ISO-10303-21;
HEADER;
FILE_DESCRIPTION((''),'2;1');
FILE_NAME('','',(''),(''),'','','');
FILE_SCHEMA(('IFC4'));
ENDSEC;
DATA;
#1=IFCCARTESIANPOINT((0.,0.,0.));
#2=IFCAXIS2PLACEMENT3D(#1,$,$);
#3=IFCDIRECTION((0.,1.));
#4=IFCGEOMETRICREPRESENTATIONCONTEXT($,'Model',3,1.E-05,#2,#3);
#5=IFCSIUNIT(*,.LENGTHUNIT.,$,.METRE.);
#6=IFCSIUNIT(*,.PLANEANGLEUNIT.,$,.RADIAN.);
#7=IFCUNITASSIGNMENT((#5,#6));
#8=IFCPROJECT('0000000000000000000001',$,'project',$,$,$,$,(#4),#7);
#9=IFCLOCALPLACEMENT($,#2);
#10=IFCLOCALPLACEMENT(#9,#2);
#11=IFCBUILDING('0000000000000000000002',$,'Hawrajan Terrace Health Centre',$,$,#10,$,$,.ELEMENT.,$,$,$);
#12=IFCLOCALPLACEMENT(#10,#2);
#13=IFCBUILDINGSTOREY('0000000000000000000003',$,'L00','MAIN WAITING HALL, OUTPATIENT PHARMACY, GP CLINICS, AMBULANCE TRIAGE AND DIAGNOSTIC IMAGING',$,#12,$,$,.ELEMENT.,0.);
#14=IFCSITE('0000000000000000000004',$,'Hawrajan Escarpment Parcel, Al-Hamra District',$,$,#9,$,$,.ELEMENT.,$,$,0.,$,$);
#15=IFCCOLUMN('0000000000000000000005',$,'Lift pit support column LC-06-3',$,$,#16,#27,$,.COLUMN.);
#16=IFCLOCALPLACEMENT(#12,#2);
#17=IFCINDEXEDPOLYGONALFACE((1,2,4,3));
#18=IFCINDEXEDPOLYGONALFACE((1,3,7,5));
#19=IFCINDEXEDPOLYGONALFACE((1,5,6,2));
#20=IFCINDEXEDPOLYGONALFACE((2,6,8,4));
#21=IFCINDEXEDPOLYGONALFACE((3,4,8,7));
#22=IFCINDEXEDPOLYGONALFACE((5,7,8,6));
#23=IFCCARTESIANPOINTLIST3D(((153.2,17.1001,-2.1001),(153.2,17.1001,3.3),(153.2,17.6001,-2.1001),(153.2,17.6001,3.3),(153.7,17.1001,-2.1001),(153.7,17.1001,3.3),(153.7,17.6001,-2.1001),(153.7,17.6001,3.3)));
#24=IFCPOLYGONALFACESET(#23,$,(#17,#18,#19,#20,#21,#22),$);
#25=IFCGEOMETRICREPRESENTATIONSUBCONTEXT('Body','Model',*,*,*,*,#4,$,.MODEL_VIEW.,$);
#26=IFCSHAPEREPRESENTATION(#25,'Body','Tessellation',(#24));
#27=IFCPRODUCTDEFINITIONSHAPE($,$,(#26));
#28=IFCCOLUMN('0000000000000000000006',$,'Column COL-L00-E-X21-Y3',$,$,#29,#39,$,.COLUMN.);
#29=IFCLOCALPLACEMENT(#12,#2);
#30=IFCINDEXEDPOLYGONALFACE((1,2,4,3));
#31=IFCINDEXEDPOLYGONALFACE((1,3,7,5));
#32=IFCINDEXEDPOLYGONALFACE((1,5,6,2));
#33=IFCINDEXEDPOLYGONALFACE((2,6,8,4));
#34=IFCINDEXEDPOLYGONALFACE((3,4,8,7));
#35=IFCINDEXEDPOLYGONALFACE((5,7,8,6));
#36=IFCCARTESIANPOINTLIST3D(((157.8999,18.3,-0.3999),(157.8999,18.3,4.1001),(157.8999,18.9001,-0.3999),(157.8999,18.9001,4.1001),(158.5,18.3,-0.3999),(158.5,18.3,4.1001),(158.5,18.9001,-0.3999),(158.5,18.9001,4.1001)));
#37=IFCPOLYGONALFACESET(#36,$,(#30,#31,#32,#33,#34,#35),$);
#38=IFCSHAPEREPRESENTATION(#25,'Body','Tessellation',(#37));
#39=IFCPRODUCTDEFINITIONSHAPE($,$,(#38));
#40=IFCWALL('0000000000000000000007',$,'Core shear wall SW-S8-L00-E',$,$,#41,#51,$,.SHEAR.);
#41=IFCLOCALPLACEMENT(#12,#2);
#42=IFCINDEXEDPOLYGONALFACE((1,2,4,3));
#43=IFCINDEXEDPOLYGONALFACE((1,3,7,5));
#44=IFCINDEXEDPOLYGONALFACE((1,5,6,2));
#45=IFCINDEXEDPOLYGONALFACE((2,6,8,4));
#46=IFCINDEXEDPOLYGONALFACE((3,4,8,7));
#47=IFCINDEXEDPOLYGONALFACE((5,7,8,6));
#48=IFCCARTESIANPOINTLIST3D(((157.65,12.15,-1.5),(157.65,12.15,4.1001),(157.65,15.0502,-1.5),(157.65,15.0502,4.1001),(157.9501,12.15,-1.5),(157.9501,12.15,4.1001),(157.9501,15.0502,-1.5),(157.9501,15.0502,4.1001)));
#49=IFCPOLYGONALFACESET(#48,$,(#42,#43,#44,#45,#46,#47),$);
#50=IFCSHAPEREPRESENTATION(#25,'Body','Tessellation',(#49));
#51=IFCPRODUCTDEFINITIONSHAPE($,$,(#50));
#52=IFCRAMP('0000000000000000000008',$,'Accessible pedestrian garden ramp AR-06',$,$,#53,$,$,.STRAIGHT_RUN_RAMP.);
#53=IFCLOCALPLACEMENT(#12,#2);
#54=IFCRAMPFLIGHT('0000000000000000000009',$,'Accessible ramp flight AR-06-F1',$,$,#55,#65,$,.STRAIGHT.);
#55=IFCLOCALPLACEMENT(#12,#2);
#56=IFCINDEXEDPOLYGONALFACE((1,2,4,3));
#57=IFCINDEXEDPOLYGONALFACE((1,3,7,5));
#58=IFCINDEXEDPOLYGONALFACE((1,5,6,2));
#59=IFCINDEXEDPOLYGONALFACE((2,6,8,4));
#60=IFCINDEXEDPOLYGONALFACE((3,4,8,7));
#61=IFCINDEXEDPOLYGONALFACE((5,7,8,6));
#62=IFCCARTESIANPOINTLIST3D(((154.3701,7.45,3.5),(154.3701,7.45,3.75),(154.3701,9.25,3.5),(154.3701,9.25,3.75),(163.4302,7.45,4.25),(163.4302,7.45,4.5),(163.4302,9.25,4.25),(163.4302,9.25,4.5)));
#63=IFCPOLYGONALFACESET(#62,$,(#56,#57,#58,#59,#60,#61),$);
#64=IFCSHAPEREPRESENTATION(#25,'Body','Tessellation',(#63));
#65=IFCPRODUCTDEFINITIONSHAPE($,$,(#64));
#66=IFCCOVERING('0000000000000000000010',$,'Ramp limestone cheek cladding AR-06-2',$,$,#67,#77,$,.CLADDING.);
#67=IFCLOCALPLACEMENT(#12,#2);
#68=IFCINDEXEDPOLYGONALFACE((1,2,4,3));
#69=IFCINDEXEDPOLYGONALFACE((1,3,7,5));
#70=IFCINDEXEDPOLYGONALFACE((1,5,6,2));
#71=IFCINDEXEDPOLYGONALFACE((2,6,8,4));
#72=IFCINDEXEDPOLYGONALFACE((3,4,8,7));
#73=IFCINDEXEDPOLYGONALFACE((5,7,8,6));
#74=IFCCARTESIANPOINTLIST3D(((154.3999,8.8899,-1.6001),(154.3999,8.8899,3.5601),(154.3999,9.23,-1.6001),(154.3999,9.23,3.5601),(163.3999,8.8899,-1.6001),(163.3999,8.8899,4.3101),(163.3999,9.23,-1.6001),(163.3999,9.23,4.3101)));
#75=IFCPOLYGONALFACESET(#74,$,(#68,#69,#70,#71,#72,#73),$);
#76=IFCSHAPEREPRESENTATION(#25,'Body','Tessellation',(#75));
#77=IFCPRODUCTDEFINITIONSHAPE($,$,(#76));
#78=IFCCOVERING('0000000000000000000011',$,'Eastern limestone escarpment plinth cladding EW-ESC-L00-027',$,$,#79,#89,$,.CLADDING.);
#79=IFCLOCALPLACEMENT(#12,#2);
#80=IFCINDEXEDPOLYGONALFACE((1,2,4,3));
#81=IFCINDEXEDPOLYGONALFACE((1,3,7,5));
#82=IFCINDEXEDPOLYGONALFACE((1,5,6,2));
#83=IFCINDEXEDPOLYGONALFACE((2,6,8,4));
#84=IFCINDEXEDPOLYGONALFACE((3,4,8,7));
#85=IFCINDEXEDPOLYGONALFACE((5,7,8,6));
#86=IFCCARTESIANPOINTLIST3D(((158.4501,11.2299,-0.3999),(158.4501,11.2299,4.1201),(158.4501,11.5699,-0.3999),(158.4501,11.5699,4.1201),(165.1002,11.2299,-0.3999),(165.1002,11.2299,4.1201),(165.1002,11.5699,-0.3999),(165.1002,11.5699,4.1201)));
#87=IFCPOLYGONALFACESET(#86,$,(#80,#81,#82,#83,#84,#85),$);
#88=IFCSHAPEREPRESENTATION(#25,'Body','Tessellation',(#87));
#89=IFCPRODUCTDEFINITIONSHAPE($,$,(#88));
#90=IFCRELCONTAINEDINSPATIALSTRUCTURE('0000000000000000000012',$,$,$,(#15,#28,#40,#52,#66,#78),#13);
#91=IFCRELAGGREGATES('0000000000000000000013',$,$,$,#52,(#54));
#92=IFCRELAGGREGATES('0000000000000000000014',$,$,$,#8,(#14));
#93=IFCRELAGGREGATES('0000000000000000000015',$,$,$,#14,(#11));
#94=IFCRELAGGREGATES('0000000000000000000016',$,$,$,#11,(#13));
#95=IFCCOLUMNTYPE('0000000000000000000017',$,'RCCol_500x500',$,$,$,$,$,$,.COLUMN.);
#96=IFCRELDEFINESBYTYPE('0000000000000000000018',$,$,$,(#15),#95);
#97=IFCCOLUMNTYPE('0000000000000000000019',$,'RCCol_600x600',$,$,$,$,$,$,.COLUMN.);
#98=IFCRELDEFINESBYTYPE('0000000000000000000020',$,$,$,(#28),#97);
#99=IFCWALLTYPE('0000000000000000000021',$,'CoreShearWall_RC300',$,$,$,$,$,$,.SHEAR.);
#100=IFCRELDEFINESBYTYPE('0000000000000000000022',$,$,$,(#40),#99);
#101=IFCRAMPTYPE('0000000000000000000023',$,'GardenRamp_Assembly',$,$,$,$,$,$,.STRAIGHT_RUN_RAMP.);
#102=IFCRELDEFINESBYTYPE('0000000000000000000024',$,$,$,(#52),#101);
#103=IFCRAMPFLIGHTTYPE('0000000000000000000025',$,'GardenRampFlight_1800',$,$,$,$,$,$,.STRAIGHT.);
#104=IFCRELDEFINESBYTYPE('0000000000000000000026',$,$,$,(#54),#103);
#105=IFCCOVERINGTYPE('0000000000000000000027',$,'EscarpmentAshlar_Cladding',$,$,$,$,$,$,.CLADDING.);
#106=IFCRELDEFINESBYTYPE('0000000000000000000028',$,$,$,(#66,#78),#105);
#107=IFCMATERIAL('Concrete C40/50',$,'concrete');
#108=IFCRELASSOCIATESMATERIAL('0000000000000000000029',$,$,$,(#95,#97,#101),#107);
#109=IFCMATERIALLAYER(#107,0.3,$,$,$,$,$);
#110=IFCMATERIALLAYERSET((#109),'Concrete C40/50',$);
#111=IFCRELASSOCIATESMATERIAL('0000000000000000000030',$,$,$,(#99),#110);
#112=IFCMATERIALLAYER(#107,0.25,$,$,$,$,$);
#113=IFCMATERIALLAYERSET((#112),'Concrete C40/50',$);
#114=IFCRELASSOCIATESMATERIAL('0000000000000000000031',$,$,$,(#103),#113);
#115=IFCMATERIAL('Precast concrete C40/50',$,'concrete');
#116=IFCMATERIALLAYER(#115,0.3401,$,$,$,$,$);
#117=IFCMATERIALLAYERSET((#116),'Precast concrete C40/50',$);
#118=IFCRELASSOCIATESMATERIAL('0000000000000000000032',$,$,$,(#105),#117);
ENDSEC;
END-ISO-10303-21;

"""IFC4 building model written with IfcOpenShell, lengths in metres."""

from ifc_helpers import new_model, si_unit, direction, frame, frame_2d, origin, origin_2d, place, context, subcontext, project, spatial, polyline, rectangle, outline, extrude, material, layer, layer_set, material_profile, profile_set, type_object, element, aggregate, save


model = new_model("IFC4")

# Units and contexts
model_context = context("Model", 3, precision=1e-05, world=origin(), true_north=direction((0.0, 1.0)))
body_context = subcontext(model_context, "Body", "Model", "MODEL_VIEW")
ifc_project = project(units=[si_unit("LENGTHUNIT", "METRE"), si_unit("PLANEANGLEUNIT", "RADIAN")], contexts=[model_context])

# Site, building, storey
site_placement = place(None, origin())
site = spatial("IfcSite", under=ifc_project, at=site_placement, Name="Hawrajan Escarpment Parcel, Al-Hamra District", CompositionType="ELEMENT", RefElevation=0.0)
building_placement = place(site_placement, origin())
building = spatial("IfcBuilding", under=site, at=building_placement, Name="Hawrajan Terrace Health Centre", CompositionType="ELEMENT")
storey_placement = place(building_placement, origin())
storey = spatial("IfcBuildingStorey", under=building, at=storey_placement, Name="L00", Description="MAIN WAITING HALL, OUTPATIENT PHARMACY, GP CLINICS, AMBULANCE TRIAGE AND DIAGNOSTIC IMAGING", CompositionType="ELEMENT", Elevation=0.0)

# Shared definitions
ifc_material_1 = material(Name="Concrete C40/50", Category="concrete")

# Columns
ifc_material_profile_1 = material_profile(ifc_material_1, rectangle(XDim=0.5, YDim=0.5, at=origin_2d()), Name="RC 500x500")
ifc_profile_set_1 = profile_set([ifc_material_profile_1], Name="Concrete C40/50")
column_type_1 = type_object("IfcColumnType", Name="RCCol_500x500", PredefinedType="COLUMN", material=ifc_profile_set_1)
for number, where, z_axis, x_axis, name in (
    (1, (153.45, 17.3501, -2.1001), (0.0, 0.0, 1.0), (1.0, 0.0, 0.0), "Lift pit support column LC-06-3"),
):
    element("IfcColumn", number, at=place(storey_placement, frame(where, z_axis=z_axis, x_axis=x_axis)), inside=storey, type_object=column_type_1, Name=name, PredefinedType="COLUMN", context=body_context, shape_type="SweptSolid", body=[
        extrude(rectangle(XDim=0.5, YDim=0.5, at=origin_2d()), origin(), (0.0, 0.0, 1.0), 5.4001),
    ])
ifc_material_profile_2 = material_profile(ifc_material_1, rectangle(XDim=0.6001, YDim=0.6001, at=origin_2d()), Name="RC 600x600")
ifc_profile_set_2 = profile_set([ifc_material_profile_2], Name="Concrete C40/50")
column_type_2 = type_object("IfcColumnType", Name="RCCol_600x600", PredefinedType="COLUMN", material=ifc_profile_set_2)
column_1_placement = place(storey_placement, frame((158.2, 18.6001, -0.3999), z_axis=(0.0, 0.0, 1.0), x_axis=(1.0, 0.0, 0.0)))
element("IfcColumn", 2, at=column_1_placement, inside=storey, type_object=column_type_2, Name="Column COL-L00-E-X21-Y3", PredefinedType="COLUMN", context=body_context, shape_type="SweptSolid", body=[
    extrude(rectangle(XDim=0.6001, YDim=0.6001, at=origin_2d()), origin(), (0.0, 0.0, 1.0), 4.5),
])

# Wall
ifc_layer_1 = layer(ifc_material_1, 0.3)
ifc_layer_set_1 = layer_set([ifc_layer_1], Name="Concrete C40/50")
wall_type = type_object("IfcWallType", Name="CoreShearWall_RC300", PredefinedType="SHEAR", material=ifc_layer_set_1)
wall_placement = place(storey_placement, frame((157.8, 12.1499, -1.5), z_axis=(0.0, 0.0, 1.0), x_axis=(0.0, 1.0, 0.0)))
element("IfcWall", 3, at=wall_placement, inside=storey, type_object=wall_type, Name="Core shear wall SW-S8-L00-E", PredefinedType="SHEAR", context=body_context, shape_type="SweptSolid", body=[
    extrude(rectangle(XDim=2.9001, YDim=0.3, at=frame_2d((1.4502, 0.0))), origin(), (0.0, 0.0, 1.0), 5.6001),
])

# Ramp, ramp flight
ramp_type = type_object("IfcRampType", Name="GardenRamp_Assembly", PredefinedType="STRAIGHT_RUN_RAMP", material=ifc_material_1)
ramp_placement = place(storey_placement, origin())
ramp = element("IfcRamp", 4, at=ramp_placement, inside=storey, type_object=ramp_type, Name="Accessible pedestrian garden ramp AR-06", PredefinedType="STRAIGHT_RUN_RAMP")
ifc_layer_2 = layer(ifc_material_1, 0.25)
ifc_layer_set_2 = layer_set([ifc_layer_2], Name="Concrete C40/50")
ramp_flight_type = type_object("IfcRampFlightType", Name="GardenRampFlight_1800", PredefinedType="STRAIGHT", material=ifc_layer_set_2)
ramp_flight_placement = place(storey_placement, frame((154.3701, 8.3501, 3.75), z_axis=(0.0, 0.0, 1.0), x_axis=(1.0, 0.0, 0.0)))
ramp_flight = element("IfcRampFlight", 5, at=ramp_flight_placement, type_object=ramp_flight_type, Name="Accessible ramp flight AR-06-F1", PredefinedType="STRAIGHT", context=body_context, shape_type="SweptSolid", body=[
    extrude(outline(polyline([(0.0, 0.0), (0.0, -0.25), (9.0601, 0.5), (9.0601, 0.75), (0.0, 0.0)])), frame((0.0, 0.8999, 0.0), z_axis=(0.0, -1.0, 0.0), x_axis=(1.0, 0.0, 0.0)), (0.0, 0.0, 1.0), 1.8),
])
aggregate(ramp, [ramp_flight])

# Coverings
ifc_material_2 = material(Name="Precast concrete C40/50", Category="concrete")
ifc_layer_3 = layer(ifc_material_2, 0.3401)
ifc_layer_set_3 = layer_set([ifc_layer_3], Name="Precast concrete C40/50")
covering_type = type_object("IfcCoveringType", Name="EscarpmentAshlar_Cladding", PredefinedType="CLADDING", material=ifc_layer_set_3)
covering_1_placement = place(storey_placement, frame((154.3999, 9.0601, -1.6001), z_axis=(0.0, 0.0, 1.0), x_axis=(1.0, 0.0, 0.0)))
element("IfcCovering", 6, at=covering_1_placement, inside=storey, type_object=covering_type, Name="Ramp limestone cheek cladding AR-06-2", PredefinedType="CLADDING", context=body_context, shape_type="SweptSolid", body=[
    extrude(outline(polyline([(0.0, 0.0), (9.0, 0.0), (9.0, 5.9102), (0.0, 5.1602), (0.0, 0.0)])), frame((0.0, 0.1699, 0.0), z_axis=(0.0, -1.0, 0.0), x_axis=(1.0, 0.0, 0.0)), (0.0, 0.0, 1.0), 0.3401),
])
covering_2_placement = place(storey_placement, frame((158.45, 11.3999, -0.3999), z_axis=(0.0, 0.0, 1.0), x_axis=(1.0, 0.0, 0.0)))
element("IfcCovering", 7, at=covering_2_placement, inside=storey, type_object=covering_type, Name="Eastern limestone escarpment plinth cladding EW-ESC-L00-027", PredefinedType="CLADDING", context=body_context, shape_type="SweptSolid", body=[
    extrude(rectangle(XDim=6.6501, YDim=0.3401, at=frame_2d((3.3252, 0.0))), origin(), (0.0, 0.0, 1.0), 4.52),
])

save(model, "model.ifc")
